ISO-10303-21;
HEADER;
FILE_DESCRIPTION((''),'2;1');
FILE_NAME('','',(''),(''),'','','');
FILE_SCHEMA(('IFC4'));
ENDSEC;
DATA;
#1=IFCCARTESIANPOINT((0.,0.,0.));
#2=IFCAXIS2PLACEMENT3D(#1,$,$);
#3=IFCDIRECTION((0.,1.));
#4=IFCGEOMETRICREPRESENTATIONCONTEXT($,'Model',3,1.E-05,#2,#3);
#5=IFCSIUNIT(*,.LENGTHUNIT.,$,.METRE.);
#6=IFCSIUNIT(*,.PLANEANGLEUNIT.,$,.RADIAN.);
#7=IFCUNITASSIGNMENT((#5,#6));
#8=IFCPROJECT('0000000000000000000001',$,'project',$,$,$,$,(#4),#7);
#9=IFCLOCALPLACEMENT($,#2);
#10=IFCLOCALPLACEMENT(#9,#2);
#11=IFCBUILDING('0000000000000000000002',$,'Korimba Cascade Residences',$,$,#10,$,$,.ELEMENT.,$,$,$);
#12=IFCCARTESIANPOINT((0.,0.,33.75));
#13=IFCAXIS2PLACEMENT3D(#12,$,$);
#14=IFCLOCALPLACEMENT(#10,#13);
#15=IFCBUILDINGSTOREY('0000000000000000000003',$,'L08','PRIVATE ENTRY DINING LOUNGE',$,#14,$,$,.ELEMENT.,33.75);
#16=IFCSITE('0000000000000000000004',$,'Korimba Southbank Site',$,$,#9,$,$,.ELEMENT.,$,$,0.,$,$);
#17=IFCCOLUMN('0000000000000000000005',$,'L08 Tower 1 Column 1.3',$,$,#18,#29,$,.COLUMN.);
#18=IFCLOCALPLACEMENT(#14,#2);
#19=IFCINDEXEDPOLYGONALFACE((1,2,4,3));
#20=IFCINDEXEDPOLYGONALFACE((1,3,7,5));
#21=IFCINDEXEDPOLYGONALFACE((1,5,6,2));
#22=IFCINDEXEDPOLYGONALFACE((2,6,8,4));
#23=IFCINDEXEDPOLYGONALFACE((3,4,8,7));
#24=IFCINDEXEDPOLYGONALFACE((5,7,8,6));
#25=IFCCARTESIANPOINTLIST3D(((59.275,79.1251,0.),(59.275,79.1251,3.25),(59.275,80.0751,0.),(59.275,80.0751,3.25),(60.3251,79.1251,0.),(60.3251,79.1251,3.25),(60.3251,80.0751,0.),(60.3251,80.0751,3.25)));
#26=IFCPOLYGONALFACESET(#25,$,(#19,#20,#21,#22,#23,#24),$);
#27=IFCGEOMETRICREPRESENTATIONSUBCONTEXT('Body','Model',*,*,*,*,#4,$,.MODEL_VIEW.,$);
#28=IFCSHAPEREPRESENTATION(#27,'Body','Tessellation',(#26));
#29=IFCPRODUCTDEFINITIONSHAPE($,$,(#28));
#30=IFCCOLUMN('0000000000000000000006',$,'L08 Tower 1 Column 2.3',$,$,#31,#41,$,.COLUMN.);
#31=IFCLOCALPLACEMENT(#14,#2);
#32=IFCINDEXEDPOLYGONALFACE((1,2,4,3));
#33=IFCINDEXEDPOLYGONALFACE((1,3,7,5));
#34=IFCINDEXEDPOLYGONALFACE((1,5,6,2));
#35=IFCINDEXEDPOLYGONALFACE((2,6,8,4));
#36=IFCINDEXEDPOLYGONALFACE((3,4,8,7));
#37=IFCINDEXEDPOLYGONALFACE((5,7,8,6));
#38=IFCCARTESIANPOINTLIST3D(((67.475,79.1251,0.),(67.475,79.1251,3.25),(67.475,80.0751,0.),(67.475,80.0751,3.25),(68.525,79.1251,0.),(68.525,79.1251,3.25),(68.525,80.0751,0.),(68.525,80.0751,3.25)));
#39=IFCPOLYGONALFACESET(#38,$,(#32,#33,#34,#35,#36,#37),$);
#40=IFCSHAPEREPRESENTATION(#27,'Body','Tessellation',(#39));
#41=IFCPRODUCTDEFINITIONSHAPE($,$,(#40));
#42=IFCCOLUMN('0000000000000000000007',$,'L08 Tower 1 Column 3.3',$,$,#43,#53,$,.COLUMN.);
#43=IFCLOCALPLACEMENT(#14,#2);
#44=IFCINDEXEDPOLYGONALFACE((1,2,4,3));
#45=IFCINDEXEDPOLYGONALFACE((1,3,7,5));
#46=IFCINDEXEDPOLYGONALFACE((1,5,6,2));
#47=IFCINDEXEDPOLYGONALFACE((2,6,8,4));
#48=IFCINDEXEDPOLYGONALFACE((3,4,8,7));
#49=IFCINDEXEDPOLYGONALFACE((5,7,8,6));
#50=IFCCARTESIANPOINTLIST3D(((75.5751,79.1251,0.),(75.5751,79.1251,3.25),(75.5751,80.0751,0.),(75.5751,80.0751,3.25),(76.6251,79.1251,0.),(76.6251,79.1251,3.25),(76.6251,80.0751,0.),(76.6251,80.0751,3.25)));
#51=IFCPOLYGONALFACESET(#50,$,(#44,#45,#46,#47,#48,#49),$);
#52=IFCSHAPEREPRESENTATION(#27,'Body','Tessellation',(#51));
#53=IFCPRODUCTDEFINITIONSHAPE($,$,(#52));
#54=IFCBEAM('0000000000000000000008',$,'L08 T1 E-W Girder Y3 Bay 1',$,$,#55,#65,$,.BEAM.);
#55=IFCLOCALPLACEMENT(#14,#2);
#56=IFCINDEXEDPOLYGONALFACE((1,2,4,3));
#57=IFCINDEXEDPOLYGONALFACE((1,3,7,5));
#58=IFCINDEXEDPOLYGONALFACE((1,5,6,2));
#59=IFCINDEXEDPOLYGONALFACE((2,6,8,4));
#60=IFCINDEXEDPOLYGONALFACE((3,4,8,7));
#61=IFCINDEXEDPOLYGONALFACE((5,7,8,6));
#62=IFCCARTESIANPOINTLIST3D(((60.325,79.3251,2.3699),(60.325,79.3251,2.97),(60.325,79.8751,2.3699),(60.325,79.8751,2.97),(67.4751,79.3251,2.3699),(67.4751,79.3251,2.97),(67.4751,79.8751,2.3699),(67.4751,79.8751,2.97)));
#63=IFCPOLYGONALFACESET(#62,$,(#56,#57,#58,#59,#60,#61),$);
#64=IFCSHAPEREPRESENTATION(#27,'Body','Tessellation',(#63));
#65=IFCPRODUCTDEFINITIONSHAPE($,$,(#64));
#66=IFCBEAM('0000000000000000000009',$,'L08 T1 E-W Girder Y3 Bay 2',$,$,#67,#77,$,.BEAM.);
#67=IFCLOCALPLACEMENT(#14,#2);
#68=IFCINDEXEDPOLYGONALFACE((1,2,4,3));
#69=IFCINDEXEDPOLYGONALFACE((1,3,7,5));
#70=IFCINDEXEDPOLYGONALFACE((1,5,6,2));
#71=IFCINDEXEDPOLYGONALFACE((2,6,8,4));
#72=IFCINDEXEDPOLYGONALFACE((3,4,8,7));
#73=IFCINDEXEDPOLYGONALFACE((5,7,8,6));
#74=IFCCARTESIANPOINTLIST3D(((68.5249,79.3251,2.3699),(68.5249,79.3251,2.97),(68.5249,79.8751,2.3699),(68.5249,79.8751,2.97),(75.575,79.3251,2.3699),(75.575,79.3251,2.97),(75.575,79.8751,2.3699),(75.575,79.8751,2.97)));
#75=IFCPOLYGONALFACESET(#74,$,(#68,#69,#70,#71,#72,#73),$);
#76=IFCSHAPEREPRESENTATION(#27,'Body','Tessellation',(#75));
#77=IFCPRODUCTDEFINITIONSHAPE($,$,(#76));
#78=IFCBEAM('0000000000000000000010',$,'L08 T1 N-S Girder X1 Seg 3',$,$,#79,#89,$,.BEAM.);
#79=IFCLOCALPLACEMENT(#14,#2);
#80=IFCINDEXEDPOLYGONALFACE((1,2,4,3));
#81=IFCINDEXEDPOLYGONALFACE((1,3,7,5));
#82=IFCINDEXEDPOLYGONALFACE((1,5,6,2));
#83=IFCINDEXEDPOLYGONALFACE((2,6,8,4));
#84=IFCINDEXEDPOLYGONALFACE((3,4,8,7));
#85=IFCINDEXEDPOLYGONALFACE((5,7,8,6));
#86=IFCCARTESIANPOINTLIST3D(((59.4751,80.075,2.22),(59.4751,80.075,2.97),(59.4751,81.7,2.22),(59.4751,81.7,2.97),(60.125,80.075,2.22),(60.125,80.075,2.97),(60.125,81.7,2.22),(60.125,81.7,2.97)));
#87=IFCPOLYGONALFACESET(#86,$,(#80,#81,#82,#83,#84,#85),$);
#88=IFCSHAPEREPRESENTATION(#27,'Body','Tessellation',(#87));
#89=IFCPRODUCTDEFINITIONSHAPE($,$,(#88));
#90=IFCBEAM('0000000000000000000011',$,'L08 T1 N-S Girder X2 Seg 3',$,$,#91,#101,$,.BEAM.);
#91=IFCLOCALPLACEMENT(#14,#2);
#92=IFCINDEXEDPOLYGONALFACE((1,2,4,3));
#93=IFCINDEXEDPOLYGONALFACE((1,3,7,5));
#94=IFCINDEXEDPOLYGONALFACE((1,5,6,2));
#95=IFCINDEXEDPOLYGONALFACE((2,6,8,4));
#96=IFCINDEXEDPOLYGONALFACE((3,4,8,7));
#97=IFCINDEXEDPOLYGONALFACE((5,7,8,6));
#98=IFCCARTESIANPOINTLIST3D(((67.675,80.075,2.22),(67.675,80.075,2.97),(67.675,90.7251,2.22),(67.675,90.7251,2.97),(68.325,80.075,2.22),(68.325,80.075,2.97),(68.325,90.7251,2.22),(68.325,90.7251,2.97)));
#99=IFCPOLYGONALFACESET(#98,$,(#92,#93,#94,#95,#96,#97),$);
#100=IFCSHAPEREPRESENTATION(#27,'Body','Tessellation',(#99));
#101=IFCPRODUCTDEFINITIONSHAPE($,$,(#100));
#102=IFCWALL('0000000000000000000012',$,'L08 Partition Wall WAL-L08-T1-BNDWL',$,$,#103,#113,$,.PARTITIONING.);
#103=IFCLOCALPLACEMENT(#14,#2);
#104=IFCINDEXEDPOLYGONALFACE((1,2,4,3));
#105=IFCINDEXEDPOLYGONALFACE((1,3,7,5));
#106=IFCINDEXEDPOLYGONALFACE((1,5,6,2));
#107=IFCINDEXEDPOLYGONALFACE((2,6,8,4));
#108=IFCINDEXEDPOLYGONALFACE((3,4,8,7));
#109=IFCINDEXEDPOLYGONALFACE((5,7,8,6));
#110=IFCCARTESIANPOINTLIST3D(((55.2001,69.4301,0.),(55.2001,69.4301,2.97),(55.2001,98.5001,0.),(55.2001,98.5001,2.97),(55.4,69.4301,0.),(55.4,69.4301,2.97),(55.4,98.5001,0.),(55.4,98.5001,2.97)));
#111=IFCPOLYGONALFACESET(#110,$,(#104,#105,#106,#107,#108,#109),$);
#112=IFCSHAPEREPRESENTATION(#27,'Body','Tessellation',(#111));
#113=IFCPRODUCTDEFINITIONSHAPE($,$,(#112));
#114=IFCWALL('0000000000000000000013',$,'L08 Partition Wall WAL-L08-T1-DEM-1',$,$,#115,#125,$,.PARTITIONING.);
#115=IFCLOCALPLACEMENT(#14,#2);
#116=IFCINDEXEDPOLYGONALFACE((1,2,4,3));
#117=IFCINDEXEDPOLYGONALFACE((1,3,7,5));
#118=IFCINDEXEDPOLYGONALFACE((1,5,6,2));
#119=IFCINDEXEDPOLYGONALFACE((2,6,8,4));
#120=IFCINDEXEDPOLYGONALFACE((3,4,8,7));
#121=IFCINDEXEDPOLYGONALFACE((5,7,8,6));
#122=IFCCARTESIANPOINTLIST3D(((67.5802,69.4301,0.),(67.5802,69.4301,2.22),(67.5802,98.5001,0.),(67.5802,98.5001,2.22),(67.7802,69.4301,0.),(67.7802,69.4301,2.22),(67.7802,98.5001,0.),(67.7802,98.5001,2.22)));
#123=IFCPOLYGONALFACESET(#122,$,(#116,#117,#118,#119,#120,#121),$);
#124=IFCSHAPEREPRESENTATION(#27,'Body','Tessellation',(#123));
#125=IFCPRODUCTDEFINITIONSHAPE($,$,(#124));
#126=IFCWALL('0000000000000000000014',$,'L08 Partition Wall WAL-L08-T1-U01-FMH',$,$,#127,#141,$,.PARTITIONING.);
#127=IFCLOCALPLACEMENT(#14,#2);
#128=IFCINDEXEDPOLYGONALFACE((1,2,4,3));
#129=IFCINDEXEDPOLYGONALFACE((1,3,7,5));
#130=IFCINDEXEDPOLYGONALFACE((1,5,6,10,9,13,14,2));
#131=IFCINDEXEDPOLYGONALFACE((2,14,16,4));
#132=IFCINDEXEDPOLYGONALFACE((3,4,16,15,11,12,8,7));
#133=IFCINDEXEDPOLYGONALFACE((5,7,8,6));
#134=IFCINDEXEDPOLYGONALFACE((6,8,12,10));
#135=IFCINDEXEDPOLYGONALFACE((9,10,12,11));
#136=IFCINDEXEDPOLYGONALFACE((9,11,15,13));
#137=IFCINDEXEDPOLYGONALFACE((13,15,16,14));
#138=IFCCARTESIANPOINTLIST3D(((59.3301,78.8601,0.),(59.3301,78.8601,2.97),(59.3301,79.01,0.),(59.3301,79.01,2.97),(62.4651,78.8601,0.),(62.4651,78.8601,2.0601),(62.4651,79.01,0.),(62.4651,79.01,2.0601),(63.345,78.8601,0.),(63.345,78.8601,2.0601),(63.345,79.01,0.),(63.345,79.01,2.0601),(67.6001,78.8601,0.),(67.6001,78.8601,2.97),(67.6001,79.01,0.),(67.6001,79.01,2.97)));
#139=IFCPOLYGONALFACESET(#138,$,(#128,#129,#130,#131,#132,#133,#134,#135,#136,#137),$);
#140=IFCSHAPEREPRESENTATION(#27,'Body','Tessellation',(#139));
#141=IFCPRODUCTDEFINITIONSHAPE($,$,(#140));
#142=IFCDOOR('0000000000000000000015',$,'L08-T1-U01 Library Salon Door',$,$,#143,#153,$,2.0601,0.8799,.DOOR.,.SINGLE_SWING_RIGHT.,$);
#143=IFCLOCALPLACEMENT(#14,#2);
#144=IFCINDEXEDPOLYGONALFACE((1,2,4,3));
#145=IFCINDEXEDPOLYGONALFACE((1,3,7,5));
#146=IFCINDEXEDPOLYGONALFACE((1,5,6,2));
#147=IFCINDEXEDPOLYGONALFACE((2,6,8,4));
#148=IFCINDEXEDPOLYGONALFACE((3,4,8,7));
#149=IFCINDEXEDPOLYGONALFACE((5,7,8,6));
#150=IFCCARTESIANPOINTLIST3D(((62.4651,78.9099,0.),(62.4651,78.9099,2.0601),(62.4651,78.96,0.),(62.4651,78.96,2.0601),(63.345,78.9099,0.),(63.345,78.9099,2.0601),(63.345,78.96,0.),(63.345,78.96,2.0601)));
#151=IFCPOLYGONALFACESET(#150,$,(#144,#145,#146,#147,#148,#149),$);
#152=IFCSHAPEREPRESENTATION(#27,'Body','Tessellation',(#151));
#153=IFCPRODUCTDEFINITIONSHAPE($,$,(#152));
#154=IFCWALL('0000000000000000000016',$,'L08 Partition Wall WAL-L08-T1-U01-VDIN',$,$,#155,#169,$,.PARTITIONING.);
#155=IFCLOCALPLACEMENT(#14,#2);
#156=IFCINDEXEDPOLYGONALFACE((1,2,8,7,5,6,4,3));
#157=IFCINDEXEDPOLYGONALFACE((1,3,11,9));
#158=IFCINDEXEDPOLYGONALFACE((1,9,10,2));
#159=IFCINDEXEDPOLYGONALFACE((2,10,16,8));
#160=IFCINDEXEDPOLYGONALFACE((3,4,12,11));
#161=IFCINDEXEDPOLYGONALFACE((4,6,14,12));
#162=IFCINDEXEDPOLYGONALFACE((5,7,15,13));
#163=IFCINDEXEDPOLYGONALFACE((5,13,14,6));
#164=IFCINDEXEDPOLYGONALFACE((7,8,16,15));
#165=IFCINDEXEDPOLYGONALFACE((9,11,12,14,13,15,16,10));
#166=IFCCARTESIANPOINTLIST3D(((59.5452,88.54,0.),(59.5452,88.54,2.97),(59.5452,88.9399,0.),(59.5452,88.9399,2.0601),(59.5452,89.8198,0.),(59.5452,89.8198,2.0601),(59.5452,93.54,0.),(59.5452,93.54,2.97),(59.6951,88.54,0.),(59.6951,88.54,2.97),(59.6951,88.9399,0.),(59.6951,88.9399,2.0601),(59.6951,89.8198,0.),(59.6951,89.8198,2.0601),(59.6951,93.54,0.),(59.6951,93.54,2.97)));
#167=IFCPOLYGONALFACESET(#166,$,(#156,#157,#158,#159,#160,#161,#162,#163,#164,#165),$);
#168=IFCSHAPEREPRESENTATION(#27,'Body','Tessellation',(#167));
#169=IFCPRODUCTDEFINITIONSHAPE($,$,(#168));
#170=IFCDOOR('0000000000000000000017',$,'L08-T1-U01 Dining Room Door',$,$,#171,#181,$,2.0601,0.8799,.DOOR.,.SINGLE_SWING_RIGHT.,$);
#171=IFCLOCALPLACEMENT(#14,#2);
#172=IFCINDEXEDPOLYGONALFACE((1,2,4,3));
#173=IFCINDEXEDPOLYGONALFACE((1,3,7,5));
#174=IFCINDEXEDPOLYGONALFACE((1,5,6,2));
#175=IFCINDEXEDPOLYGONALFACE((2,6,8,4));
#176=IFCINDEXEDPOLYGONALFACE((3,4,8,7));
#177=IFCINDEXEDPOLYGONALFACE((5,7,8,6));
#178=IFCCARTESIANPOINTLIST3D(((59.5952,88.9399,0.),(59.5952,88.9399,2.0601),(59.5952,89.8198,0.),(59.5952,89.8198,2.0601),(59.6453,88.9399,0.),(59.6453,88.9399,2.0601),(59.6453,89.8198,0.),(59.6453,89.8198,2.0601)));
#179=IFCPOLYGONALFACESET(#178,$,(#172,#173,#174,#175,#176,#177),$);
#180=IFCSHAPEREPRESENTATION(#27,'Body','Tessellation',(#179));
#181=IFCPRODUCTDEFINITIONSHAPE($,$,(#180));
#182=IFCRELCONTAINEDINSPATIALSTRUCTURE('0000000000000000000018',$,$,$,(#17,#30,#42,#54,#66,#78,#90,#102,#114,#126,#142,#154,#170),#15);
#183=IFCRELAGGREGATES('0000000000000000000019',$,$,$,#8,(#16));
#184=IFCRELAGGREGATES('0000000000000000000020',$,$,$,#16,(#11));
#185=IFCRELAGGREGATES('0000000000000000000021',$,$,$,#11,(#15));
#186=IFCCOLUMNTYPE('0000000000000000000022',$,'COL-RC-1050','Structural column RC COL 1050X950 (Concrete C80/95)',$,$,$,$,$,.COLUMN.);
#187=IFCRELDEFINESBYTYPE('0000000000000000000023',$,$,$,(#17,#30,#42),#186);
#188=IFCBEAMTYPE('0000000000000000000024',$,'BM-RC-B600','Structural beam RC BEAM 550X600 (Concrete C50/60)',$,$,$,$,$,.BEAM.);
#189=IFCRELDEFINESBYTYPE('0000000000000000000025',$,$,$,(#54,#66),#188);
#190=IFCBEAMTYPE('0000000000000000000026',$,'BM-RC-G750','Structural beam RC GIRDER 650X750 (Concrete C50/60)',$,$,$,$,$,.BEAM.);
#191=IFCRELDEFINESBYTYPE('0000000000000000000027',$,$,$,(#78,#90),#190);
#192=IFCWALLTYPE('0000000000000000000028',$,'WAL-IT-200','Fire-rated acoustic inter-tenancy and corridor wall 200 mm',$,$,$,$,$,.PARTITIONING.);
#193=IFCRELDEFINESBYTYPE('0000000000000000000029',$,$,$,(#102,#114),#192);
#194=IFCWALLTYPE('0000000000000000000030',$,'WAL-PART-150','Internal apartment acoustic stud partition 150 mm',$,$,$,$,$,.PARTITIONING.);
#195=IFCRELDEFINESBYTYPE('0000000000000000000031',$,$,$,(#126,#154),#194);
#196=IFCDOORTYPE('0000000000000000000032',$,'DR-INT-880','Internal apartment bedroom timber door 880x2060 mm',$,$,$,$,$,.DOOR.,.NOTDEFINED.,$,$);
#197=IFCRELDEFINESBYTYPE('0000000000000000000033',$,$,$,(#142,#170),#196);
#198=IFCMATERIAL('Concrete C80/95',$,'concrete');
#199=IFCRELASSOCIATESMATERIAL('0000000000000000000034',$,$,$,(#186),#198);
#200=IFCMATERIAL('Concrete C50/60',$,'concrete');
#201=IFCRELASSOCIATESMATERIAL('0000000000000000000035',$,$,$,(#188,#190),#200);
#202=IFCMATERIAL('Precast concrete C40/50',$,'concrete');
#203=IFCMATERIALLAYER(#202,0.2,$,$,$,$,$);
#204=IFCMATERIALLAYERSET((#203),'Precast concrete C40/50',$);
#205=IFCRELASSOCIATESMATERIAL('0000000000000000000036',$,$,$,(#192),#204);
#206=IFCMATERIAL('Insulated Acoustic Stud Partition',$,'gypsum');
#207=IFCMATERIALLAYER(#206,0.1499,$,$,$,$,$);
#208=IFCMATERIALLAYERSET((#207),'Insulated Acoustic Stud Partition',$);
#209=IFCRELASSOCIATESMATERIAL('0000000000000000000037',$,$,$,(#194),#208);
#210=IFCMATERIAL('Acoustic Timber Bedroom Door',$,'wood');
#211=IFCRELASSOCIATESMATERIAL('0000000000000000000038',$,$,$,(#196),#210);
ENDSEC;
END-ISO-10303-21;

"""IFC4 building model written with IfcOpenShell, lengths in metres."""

from ifc_helpers import new_model, si_unit, direction, frame, frame_2d, origin, origin_2d, place, context, subcontext, project, spatial, rectangle, extrude, material, layer, layer_set, material_profile, profile_set, type_object, element, fill, save


model = new_model("IFC4")

# Units and contexts
model_context = context("Model", 3, precision=1e-05, world=origin(), true_north=direction((0.0, 1.0)))
body_context = subcontext(model_context, "Body", "Model", "MODEL_VIEW")
ifc_project = project(units=[si_unit("LENGTHUNIT", "METRE"), si_unit("PLANEANGLEUNIT", "RADIAN")], contexts=[model_context])

# Site, building, storey
site_placement = place(None, origin())
site = spatial("IfcSite", under=ifc_project, at=site_placement, Name="Korimba Southbank Site", CompositionType="ELEMENT", RefElevation=0.0)
building_placement = place(site_placement, origin())
building = spatial("IfcBuilding", under=site, at=building_placement, Name="Korimba Cascade Residences", CompositionType="ELEMENT")
storey_placement = place(building_placement, frame((0.0, 0.0, 33.75)))
storey = spatial("IfcBuildingStorey", under=building, at=storey_placement, Name="L08", Description="PRIVATE ENTRY DINING LOUNGE", CompositionType="ELEMENT", Elevation=33.75)

# Columns
ifc_material_1 = material(Name="Concrete C80/95", Category="concrete")
ifc_material_profile_1 = material_profile(ifc_material_1, rectangle(XDim=1.05, YDim=0.95, at=origin_2d()), Name="Concrete C80/95")
ifc_profile_set_1 = profile_set([ifc_material_profile_1], Name="Concrete C80/95")
column_type = type_object("IfcColumnType", Name="COL-RC-1050", Description="Structural column RC COL 1050X950 (Concrete C80/95)", PredefinedType="COLUMN", material=ifc_profile_set_1)
for number, where, z_axis, x_axis, name in (
    (1, (59.8, 79.6001, 0.0), (0.0, 0.0, 1.0), (1.0, 0.0, 0.0), "L08 Tower 1 Column 1.3"),
    (2, (68.0, 79.6001, 0.0), (0.0, 0.0, 1.0), (1.0, 0.0, 0.0), "L08 Tower 1 Column 2.3"),
    (3, (76.1001, 79.6001, 0.0), (0.0, 0.0, 1.0), (1.0, 0.0, 0.0), "L08 Tower 1 Column 3.3"),
):
    element("IfcColumn", number, at=place(storey_placement, frame(where, z_axis=z_axis, x_axis=x_axis)), inside=storey, type_object=column_type, Name=name, PredefinedType="COLUMN", context=body_context, shape_type="SweptSolid", body=[
        extrude(rectangle(XDim=1.05, YDim=0.95, at=origin_2d()), origin(), (0.0, 0.0, 1.0), 3.25),
    ])

# Beams
ifc_material_2 = material(Name="Concrete C50/60", Category="concrete")
ifc_material_profile_2 = material_profile(ifc_material_2, rectangle(XDim=0.55, YDim=0.6001, at=origin_2d()), Name="Concrete C50/60")
ifc_profile_set_2 = profile_set([ifc_material_profile_2], Name="Concrete C50/60")
beam_type_1 = type_object("IfcBeamType", Name="BM-RC-B600", Description="Structural beam RC BEAM 550X600 (Concrete C50/60)", PredefinedType="BEAM", material=ifc_profile_set_2)
beam_1_placement = place(storey_placement, frame((60.325, 79.6001, 2.6699), z_axis=(1.0, 0.0, 0.0), x_axis=(0.0, 1.0, 0.0)))
element("IfcBeam", 4, at=beam_1_placement, inside=storey, type_object=beam_type_1, Name="L08 T1 E-W Girder Y3 Bay 1", PredefinedType="BEAM", context=body_context, shape_type="SweptSolid", body=[
    extrude(rectangle(XDim=0.55, YDim=0.6001, at=origin_2d()), origin(), (0.0, 0.0, 1.0), 7.1501),
])
beam_2_placement = place(storey_placement, frame((68.5249, 79.6001, 2.6699), z_axis=(1.0, 0.0, 0.0), x_axis=(0.0, 1.0, 0.0)))
element("IfcBeam", 5, at=beam_2_placement, inside=storey, type_object=beam_type_1, Name="L08 T1 E-W Girder Y3 Bay 2", PredefinedType="BEAM", context=body_context, shape_type="SweptSolid", body=[
    extrude(rectangle(XDim=0.55, YDim=0.6001, at=origin_2d()), origin(), (0.0, 0.0, 1.0), 7.05),
])
ifc_material_profile_3 = material_profile(ifc_material_2, rectangle(XDim=0.6499, YDim=0.75, at=origin_2d()), Name="Concrete C50/60")
ifc_profile_set_3 = profile_set([ifc_material_profile_3], Name="Concrete C50/60")
beam_type_2 = type_object("IfcBeamType", Name="BM-RC-G750", Description="Structural beam RC GIRDER 650X750 (Concrete C50/60)", PredefinedType="BEAM", material=ifc_profile_set_3)
beam_3_placement = place(storey_placement, frame((59.8, 80.075, 2.595), z_axis=(0.0, 1.0, 0.0), x_axis=(-1.0, 0.0, 0.0)))
element("IfcBeam", 6, at=beam_3_placement, inside=storey, type_object=beam_type_2, Name="L08 T1 N-S Girder X1 Seg 3", PredefinedType="BEAM", context=body_context, shape_type="SweptSolid", body=[
    extrude(rectangle(XDim=0.6499, YDim=0.75, at=origin_2d()), origin(), (0.0, 0.0, 1.0), 1.625),
])
beam_4_placement = place(storey_placement, frame((68.0, 80.075, 2.595), z_axis=(0.0, 1.0, 0.0), x_axis=(-1.0, 0.0, 0.0)))
element("IfcBeam", 7, at=beam_4_placement, inside=storey, type_object=beam_type_2, Name="L08 T1 N-S Girder X2 Seg 3", PredefinedType="BEAM", context=body_context, shape_type="SweptSolid", body=[
    extrude(rectangle(XDim=0.6499, YDim=0.75, at=origin_2d()), origin(), (0.0, 0.0, 1.0), 10.6501),
])

# Walls
ifc_material_3 = material(Name="Precast concrete C40/50", Category="concrete")
ifc_layer_1 = layer(ifc_material_3, 0.2)
ifc_layer_set_1 = layer_set([ifc_layer_1], Name="Precast concrete C40/50")
wall_type_1 = type_object("IfcWallType", Name="WAL-IT-200", Description="Fire-rated acoustic inter-tenancy and corridor wall 200 mm", PredefinedType="PARTITIONING", material=ifc_layer_set_1)
wall_1_placement = place(storey_placement, frame((55.3, 69.4299, 0.0), z_axis=(0.0, 0.0, 1.0), x_axis=(0.0, 1.0, 0.0)))
element("IfcWall", 8, at=wall_1_placement, inside=storey, type_object=wall_type_1, Name="L08 Partition Wall WAL-L08-T1-BNDWL", PredefinedType="PARTITIONING", context=body_context, shape_type="SweptSolid", body=[
    extrude(rectangle(XDim=29.0701, YDim=0.2, at=frame_2d((14.5352, 0.0))), origin(), (0.0, 0.0, 1.0), 2.97),
])
wall_2_placement = place(storey_placement, frame((67.6802, 69.4299, 0.0), z_axis=(0.0, 0.0, 1.0), x_axis=(0.0, 1.0, 0.0)))
element("IfcWall", 9, at=wall_2_placement, inside=storey, type_object=wall_type_1, Name="L08 Partition Wall WAL-L08-T1-DEM-1", PredefinedType="PARTITIONING", context=body_context, shape_type="SweptSolid", body=[
    extrude(rectangle(XDim=29.0701, YDim=0.2, at=frame_2d((14.5352, 0.0))), origin(), (0.0, 0.0, 1.0), 2.22),
])

# Walls, openings, doors
ifc_material_4 = material(Name="Insulated Acoustic Stud Partition", Category="gypsum")
ifc_layer_2 = layer(ifc_material_4, 0.1499)
ifc_layer_set_2 = layer_set([ifc_layer_2], Name="Insulated Acoustic Stud Partition")
wall_type_2 = type_object("IfcWallType", Name="WAL-PART-150", Description="Internal apartment acoustic stud partition 150 mm", PredefinedType="PARTITIONING", material=ifc_layer_set_2)
wall_3_placement = place(storey_placement, frame((59.3301, 78.9351, 0.0), z_axis=(0.0, 0.0, 1.0), x_axis=(1.0, 0.0, 0.0)))
wall_3 = element("IfcWall", 10, at=wall_3_placement, inside=storey, type_object=wall_type_2, Name="L08 Partition Wall WAL-L08-T1-U01-FMH", PredefinedType="PARTITIONING", context=body_context, shape_type="SweptSolid", body=[
    extrude(rectangle(XDim=8.27, YDim=0.1499, at=frame_2d((4.135, 0.0))), origin(), (0.0, 0.0, 1.0), 2.97),
])
opening_1_placement = place(wall_3_placement, frame((3.135, 0.0, 0.0)))
opening_1 = element("IfcOpeningElement", 11, at=opening_1_placement, cuts=wall_3, PredefinedType="OPENING", context=body_context, shape_type="SweptSolid", body=[
    extrude(rectangle(XDim=0.8799, YDim=2.0601, at=frame_2d((0.4399, 1.03))), frame((0.0, 0.085, 0.0), z_axis=(0.0, -1.0, 0.0), x_axis=(1.0, 0.0, 0.0)), (0.0, 0.0, 1.0), 0.1699),
])
ifc_material_5 = material(Name="Acoustic Timber Bedroom Door", Category="wood")
door_type_1 = type_object("IfcDoorType", Name="DR-INT-880", Description="Internal apartment bedroom timber door 880x2060 mm", OperationType="NOTDEFINED", PredefinedType="DOOR", material=ifc_material_5)
door_1_placement = place(opening_1_placement, origin())
door_1 = element("IfcDoor", 12, at=door_1_placement, inside=storey, type_object=door_type_1, Name="L08-T1-U01 Library Salon Door", OperationType="SINGLE_SWING_RIGHT", OverallHeight=2.0601, OverallWidth=0.8799, PredefinedType="DOOR", context=body_context, shape_type="SweptSolid", body=[
    extrude(rectangle(XDim=0.8799, YDim=2.0601, at=frame_2d((0.4399, 1.03))), frame((0.0, 0.0249, 0.0), z_axis=(0.0, -1.0, 0.0), x_axis=(1.0, 0.0, 0.0)), (0.0, 0.0, 1.0), 0.05),
])
fill(opening_1, door_1)
wall_4_placement = place(storey_placement, frame((59.6201, 88.54, 0.0), z_axis=(0.0, 0.0, 1.0), x_axis=(0.0, 1.0, 0.0)))
wall_4 = element("IfcWall", 13, at=wall_4_placement, inside=storey, type_object=wall_type_2, Name="L08 Partition Wall WAL-L08-T1-U01-VDIN", PredefinedType="PARTITIONING", context=body_context, shape_type="SweptSolid", body=[
    extrude(rectangle(XDim=5.0, YDim=0.1499, at=frame_2d((2.5, 0.0))), origin(), (0.0, 0.0, 1.0), 2.97),
])
opening_2_placement = place(wall_4_placement, frame((0.3999, 0.0, 0.0)))
opening_2 = element("IfcOpeningElement", 14, at=opening_2_placement, cuts=wall_4, PredefinedType="OPENING", context=body_context, shape_type="SweptSolid", body=[
    extrude(rectangle(XDim=0.8799, YDim=2.0601, at=frame_2d((0.4399, 1.03))), frame((0.0, 0.085, 0.0), z_axis=(0.0, -1.0, 0.0), x_axis=(1.0, 0.0, 0.0)), (0.0, 0.0, 1.0), 0.1699),
])
door_2_placement = place(opening_2_placement, origin())
door_2 = element("IfcDoor", 15, at=door_2_placement, inside=storey, type_object=door_type_1, Name="L08-T1-U01 Dining Room Door", OperationType="SINGLE_SWING_RIGHT", OverallHeight=2.0601, OverallWidth=0.8799, PredefinedType="DOOR", context=body_context, shape_type="SweptSolid", body=[
    extrude(rectangle(XDim=0.8799, YDim=2.0601, at=frame_2d((0.4399, 1.03))), frame((0.0, 0.0249, 0.0), z_axis=(0.0, -1.0, 0.0), x_axis=(1.0, 0.0, 0.0)), (0.0, 0.0, 1.0), 0.05),
])
fill(opening_2, door_2)

save(model, "model.ifc")
